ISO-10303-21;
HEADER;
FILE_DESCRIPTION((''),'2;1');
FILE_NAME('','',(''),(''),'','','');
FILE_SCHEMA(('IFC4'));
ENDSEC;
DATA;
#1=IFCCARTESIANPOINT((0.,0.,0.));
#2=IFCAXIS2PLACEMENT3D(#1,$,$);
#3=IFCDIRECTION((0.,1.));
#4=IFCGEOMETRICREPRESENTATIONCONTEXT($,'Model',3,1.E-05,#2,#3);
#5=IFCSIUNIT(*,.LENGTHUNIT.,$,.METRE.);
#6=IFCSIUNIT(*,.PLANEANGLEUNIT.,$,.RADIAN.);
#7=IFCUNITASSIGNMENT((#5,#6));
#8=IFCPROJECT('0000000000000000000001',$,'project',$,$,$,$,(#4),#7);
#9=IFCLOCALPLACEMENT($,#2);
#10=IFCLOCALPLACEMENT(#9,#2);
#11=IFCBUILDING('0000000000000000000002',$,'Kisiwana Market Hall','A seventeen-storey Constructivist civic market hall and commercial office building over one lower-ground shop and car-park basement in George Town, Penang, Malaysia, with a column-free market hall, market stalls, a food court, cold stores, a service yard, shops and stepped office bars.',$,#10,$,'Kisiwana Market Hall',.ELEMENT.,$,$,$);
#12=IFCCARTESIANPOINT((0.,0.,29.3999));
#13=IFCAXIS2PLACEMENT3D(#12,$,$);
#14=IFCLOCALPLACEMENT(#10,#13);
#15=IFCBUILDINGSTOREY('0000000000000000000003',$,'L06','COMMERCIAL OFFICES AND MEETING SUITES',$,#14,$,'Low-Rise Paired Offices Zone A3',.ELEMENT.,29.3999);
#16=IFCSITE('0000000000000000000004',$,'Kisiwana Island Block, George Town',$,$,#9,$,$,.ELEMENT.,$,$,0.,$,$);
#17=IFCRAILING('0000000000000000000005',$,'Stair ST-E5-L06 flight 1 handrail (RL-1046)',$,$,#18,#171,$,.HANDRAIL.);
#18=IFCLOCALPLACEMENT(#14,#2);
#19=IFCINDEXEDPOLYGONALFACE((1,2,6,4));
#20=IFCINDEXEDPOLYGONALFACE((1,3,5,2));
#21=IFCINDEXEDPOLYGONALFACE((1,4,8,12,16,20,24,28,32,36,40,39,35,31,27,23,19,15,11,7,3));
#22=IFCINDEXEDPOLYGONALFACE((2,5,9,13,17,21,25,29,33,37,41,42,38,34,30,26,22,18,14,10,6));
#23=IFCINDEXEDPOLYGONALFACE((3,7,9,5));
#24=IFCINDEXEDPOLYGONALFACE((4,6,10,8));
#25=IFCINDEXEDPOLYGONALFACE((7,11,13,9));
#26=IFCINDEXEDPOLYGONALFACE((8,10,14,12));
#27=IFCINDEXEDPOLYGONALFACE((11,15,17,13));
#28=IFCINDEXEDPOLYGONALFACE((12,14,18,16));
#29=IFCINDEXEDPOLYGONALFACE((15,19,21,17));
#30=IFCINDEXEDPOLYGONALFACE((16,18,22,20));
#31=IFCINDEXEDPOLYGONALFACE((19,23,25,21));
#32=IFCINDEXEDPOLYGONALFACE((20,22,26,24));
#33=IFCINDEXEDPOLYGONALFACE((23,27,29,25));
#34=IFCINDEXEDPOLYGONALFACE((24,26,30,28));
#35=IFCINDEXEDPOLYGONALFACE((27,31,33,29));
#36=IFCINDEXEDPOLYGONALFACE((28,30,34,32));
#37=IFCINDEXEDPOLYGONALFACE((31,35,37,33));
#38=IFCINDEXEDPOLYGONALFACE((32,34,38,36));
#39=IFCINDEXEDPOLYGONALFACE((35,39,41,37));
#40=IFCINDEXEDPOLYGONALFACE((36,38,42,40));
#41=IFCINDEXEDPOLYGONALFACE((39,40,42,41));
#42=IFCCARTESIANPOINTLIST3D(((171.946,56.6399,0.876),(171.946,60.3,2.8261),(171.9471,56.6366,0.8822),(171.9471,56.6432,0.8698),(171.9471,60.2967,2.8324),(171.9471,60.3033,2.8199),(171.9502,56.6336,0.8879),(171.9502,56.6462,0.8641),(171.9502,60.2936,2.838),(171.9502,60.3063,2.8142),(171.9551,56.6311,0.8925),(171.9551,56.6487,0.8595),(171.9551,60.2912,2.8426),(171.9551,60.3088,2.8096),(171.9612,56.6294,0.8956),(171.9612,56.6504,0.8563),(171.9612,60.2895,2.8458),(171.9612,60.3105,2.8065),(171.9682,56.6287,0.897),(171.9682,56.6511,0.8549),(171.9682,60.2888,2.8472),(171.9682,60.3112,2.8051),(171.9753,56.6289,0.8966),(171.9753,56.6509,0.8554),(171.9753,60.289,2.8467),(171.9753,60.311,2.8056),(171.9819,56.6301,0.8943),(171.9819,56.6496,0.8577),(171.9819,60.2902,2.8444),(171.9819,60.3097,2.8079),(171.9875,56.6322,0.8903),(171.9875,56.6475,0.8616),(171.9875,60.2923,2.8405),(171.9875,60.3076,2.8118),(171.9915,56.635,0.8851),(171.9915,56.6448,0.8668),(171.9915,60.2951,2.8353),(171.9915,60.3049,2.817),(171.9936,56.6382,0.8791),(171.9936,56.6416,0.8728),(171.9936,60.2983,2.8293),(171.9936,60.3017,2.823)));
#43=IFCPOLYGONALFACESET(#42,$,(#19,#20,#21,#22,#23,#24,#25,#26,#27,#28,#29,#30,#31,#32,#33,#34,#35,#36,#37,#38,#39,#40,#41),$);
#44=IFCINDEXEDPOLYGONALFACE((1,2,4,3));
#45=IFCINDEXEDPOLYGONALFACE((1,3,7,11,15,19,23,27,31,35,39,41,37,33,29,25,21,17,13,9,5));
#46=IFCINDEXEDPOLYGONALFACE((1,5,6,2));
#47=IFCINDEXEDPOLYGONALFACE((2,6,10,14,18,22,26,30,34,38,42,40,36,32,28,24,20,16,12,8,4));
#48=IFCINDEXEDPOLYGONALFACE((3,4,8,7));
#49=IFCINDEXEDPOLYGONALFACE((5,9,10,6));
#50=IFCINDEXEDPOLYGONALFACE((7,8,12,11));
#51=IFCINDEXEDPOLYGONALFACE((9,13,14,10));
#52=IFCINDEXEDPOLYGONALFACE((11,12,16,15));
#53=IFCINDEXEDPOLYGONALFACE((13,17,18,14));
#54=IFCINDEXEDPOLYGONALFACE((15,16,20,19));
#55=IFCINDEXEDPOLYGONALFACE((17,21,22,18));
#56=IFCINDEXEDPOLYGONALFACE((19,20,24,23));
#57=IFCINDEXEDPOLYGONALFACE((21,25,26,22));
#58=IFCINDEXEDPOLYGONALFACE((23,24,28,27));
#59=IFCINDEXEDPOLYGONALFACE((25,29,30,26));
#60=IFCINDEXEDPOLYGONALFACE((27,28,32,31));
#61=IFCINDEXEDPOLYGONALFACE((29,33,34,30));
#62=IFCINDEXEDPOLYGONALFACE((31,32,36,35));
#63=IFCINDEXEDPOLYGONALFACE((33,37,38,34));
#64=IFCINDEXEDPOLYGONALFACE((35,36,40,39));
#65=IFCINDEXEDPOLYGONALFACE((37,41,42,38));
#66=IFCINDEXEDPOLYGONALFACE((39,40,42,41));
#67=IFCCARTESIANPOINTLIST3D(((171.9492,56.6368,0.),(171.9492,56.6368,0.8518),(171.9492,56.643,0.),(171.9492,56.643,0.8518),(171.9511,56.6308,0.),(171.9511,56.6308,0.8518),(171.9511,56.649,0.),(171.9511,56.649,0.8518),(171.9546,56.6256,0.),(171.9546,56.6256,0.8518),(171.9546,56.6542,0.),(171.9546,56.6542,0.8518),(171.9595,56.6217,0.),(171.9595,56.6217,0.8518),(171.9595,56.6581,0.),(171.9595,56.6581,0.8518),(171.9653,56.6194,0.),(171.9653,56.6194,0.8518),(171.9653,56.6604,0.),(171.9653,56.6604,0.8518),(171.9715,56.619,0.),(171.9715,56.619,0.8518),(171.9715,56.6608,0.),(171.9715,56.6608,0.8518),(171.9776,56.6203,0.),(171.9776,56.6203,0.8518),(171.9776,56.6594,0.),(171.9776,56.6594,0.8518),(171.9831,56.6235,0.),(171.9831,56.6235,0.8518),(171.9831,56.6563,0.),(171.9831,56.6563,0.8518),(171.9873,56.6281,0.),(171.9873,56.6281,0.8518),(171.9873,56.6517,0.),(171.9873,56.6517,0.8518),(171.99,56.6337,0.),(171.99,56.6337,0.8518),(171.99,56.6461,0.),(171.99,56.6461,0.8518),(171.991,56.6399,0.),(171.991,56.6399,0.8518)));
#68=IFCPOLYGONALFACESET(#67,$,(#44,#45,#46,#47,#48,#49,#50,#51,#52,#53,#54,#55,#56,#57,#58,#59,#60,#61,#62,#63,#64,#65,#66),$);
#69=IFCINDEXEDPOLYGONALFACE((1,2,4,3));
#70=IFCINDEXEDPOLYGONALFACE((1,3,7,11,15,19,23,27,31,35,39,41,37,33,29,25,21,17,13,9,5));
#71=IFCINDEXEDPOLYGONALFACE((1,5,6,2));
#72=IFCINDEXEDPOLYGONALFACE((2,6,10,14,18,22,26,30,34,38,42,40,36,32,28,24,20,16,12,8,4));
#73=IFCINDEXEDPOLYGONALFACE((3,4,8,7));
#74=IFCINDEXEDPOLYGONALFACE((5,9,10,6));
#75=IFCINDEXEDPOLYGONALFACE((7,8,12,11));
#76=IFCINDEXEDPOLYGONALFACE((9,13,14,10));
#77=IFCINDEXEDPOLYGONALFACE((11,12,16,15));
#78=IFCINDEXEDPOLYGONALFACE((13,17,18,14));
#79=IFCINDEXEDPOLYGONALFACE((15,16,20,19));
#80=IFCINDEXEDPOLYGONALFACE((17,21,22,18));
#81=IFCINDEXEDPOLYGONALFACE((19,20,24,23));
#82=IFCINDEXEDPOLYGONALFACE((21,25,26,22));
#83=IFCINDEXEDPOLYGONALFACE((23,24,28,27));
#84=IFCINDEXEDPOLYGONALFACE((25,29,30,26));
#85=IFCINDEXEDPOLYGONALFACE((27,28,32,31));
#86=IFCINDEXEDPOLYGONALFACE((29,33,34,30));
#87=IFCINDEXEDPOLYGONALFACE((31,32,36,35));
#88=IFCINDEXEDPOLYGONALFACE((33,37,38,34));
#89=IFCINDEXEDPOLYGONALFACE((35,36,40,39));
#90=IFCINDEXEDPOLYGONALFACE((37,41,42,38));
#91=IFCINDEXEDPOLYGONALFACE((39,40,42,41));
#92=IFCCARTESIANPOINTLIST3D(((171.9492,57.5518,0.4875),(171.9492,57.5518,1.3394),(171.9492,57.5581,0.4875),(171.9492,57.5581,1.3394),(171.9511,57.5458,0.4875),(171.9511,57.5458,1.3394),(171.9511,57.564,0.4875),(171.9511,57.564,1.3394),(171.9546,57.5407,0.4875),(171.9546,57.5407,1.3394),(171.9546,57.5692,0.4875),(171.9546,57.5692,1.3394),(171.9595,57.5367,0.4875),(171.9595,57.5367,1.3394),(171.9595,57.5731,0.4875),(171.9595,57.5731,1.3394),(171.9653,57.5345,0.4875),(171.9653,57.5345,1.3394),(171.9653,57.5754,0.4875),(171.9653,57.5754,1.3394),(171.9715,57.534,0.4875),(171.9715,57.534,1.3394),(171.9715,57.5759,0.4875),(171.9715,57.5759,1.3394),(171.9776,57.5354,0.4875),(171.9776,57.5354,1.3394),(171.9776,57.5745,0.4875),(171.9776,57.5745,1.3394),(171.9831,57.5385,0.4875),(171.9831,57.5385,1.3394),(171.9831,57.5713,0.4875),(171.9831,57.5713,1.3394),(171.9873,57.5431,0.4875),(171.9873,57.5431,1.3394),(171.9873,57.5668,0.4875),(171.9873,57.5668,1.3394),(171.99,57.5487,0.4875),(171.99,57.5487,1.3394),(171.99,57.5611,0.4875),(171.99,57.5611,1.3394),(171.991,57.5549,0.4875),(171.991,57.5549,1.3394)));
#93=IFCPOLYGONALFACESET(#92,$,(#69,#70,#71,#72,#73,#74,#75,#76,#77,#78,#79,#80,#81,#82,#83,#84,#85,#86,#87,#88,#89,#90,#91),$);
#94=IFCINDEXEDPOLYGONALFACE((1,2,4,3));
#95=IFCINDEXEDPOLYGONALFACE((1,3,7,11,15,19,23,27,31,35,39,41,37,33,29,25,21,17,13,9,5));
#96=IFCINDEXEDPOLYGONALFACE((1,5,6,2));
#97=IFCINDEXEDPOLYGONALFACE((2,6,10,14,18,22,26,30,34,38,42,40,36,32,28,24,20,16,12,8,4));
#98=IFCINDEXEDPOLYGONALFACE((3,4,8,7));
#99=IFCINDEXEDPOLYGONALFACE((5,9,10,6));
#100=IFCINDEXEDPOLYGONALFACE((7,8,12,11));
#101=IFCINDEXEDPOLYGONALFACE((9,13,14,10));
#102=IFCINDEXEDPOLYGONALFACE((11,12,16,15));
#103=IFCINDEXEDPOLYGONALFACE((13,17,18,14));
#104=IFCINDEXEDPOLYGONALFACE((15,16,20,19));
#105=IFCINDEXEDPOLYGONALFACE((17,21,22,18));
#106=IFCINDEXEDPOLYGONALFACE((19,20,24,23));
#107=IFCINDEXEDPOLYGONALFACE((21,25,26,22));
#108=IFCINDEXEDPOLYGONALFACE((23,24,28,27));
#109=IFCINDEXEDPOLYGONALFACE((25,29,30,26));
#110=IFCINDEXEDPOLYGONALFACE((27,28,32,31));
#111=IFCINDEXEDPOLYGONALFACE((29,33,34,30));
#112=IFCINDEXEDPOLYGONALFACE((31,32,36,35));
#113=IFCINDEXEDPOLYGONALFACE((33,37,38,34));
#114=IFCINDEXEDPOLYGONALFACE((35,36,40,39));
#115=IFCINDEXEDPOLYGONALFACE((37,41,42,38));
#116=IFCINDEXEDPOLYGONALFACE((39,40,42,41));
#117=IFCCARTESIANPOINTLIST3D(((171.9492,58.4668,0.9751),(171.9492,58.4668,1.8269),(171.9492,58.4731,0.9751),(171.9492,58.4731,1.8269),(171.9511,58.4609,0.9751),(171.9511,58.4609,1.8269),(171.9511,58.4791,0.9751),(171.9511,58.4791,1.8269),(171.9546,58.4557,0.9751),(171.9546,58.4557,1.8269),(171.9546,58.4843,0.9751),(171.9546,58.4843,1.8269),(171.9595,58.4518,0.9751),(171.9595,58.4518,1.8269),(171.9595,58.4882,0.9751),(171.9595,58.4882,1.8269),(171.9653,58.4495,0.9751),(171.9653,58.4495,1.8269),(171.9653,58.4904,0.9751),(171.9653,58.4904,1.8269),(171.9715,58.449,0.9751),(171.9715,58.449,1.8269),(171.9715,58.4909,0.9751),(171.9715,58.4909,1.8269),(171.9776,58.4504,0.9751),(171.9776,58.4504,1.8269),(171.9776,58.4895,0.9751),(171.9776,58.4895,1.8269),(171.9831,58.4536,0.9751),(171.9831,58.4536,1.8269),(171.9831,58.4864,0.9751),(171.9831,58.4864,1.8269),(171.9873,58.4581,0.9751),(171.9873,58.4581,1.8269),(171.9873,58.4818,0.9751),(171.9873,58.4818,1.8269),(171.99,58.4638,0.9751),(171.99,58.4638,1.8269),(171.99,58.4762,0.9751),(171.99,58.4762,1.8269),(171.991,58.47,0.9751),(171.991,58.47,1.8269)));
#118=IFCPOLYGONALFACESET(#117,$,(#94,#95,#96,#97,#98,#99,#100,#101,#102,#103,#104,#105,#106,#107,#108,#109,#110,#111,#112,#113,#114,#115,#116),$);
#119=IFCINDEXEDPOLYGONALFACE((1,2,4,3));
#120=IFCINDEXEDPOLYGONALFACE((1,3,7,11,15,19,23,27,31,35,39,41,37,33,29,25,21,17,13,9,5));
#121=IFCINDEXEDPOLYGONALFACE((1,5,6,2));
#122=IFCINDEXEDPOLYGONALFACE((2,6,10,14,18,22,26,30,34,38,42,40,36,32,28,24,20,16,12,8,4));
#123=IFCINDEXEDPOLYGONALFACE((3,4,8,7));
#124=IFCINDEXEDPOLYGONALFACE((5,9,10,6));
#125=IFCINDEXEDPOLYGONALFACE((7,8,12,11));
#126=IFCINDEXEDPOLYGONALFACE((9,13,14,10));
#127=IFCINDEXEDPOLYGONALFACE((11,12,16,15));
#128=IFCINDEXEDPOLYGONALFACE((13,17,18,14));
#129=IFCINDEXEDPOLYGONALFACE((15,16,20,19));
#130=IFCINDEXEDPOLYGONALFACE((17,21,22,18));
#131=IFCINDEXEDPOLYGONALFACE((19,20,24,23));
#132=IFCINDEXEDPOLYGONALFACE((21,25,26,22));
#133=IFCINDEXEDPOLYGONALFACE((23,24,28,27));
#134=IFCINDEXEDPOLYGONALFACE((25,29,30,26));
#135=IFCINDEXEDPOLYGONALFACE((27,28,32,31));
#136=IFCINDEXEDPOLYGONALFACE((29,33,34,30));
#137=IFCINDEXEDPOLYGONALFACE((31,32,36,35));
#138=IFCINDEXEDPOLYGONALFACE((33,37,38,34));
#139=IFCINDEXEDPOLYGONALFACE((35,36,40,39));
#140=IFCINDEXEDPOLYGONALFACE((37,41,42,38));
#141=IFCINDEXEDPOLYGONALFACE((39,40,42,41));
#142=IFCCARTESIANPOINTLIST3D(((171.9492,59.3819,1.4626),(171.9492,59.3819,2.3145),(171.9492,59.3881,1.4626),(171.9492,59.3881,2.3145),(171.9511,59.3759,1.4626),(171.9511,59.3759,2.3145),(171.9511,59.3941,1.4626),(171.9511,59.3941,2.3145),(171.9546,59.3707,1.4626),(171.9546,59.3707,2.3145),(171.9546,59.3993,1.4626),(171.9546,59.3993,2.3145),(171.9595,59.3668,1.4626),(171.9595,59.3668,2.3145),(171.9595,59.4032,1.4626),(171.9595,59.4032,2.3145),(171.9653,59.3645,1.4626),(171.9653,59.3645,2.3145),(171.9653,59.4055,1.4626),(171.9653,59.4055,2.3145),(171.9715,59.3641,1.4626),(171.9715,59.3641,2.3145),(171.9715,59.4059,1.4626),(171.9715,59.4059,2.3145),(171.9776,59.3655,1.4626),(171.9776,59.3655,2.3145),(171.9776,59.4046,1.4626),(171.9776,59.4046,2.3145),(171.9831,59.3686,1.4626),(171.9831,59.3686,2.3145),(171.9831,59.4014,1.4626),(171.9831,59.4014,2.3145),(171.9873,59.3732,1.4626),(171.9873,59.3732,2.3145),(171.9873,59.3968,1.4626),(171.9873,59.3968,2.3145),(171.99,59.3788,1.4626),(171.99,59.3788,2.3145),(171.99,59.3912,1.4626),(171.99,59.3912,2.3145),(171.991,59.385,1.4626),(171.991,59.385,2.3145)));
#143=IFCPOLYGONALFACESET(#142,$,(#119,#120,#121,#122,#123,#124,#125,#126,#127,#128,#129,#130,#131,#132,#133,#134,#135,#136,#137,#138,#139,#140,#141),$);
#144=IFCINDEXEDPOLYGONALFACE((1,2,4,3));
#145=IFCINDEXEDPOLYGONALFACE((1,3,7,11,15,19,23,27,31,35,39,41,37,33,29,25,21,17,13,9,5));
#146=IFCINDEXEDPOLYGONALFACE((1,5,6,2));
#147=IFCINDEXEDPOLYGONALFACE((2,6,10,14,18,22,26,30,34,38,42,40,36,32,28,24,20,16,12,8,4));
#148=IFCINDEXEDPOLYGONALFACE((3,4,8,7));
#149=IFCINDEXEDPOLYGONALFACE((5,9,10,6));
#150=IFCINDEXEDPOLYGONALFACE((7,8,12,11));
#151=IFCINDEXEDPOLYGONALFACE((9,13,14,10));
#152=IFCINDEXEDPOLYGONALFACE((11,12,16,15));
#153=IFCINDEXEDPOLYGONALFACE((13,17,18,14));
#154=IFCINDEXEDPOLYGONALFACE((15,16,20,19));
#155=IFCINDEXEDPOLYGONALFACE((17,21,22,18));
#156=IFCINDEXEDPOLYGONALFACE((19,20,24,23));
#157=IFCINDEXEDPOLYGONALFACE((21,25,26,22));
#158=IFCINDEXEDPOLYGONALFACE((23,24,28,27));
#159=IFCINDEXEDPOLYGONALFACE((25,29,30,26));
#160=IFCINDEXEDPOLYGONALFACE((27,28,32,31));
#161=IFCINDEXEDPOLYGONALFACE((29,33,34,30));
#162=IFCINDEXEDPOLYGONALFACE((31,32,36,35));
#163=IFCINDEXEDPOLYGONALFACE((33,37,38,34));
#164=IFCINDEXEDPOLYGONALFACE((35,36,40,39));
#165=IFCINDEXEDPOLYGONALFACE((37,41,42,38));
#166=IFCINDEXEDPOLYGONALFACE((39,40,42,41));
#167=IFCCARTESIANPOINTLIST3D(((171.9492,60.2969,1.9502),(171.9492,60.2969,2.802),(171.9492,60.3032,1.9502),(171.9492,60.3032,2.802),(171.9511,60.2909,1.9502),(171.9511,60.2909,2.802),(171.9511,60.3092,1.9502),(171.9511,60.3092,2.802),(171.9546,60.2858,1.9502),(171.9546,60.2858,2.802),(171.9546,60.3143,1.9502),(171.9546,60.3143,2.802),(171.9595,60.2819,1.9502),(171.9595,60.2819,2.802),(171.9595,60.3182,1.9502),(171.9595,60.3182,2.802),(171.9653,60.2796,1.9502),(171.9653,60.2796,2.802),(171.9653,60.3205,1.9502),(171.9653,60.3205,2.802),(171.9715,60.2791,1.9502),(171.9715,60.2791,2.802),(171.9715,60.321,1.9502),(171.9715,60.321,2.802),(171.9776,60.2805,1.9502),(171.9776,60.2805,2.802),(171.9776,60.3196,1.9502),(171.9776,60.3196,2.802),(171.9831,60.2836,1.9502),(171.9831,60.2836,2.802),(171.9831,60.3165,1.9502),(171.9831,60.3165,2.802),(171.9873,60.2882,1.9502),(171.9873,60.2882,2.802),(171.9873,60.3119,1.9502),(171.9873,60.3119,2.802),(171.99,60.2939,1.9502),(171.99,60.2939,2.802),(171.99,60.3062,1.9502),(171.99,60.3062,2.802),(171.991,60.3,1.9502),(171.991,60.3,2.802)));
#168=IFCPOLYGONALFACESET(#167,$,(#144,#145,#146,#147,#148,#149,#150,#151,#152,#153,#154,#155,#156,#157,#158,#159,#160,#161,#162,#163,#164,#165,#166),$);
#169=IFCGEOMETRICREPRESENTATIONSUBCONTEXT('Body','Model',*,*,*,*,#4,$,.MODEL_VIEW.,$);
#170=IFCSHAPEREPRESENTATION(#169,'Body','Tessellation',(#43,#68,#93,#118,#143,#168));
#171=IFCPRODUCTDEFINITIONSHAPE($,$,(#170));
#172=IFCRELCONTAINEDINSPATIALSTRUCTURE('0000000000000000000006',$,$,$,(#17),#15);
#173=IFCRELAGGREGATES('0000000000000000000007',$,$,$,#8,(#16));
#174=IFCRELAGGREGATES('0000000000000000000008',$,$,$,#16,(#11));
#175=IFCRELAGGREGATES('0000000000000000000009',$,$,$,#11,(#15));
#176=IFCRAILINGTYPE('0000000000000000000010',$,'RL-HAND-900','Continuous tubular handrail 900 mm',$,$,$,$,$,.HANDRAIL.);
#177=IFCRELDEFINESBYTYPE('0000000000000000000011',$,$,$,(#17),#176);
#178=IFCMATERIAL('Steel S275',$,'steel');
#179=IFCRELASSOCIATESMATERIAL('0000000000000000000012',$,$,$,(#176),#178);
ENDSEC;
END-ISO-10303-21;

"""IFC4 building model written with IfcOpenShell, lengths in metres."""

from ifc_helpers import new_model, si_unit, direction, frame, origin, origin_2d, place, context, subcontext, project, spatial, circle, extrude, material, type_object, element, save


model = new_model("IFC4")

# Units and contexts
model_context = context("Model", 3, precision=1e-05, world=origin(), true_north=direction((0.0, 1.0)))
body_context = subcontext(model_context, "Body", "Model", "MODEL_VIEW")
ifc_project = project(units=[si_unit("LENGTHUNIT", "METRE"), si_unit("PLANEANGLEUNIT", "RADIAN")], contexts=[model_context])

# Site, building, storey
site_placement = place(None, origin())
site = spatial("IfcSite", under=ifc_project, at=site_placement, Name="Kisiwana Island Block, George Town", CompositionType="ELEMENT", RefElevation=0.0)
building_placement = place(site_placement, origin())
building = spatial("IfcBuilding", under=site, at=building_placement, Name="Kisiwana Market Hall", Description="A seventeen-storey Constructivist civic market hall and commercial office building over one lower-ground shop and car-park basement in George Town, Penang, Malaysia, with a column-free market hall, market stalls, a food court, cold stores, a service yard, shops and stepped office bars.", LongName="Kisiwana Market Hall", CompositionType="ELEMENT")
storey_placement = place(building_placement, frame((0.0, 0.0, 29.3999)))
storey = spatial("IfcBuildingStorey", under=building, at=storey_placement, Name="L06", Description="COMMERCIAL OFFICES AND MEETING SUITES", LongName="Low-Rise Paired Offices Zone A3", CompositionType="ELEMENT", Elevation=29.3999)

# Railing
ifc_material_1 = material(Name="Steel S275", Category="steel")
railing_type_1 = type_object("IfcRailingType", Name="RL-HAND-900", Description="Continuous tubular handrail 900 mm", PredefinedType="HANDRAIL", material=ifc_material_1)
for number, where, name in (
    (1, (171.97, 56.6399, 0.0), "Stair ST-E5-L06 flight 1 handrail (RL-1046)"),
):
    element("IfcRailing", number, at=place(storey_placement, frame(where)), inside=storey, type_object=railing_type_1, Name=name, PredefinedType="HANDRAIL", context=body_context, shape_type="SweptSolid", body=[
        extrude(circle(Radius=0.0239, at=origin_2d()), frame((0.0, 0.0, 0.876), z_axis=(0.0, 0.882542, 0.470234), x_axis=(-1.0, 0.0, 0.0)), (0.0, 0.0, 1.0), 4.1472),
        extrude(circle(Radius=0.021, at=origin_2d()), origin(), (0.0, 0.0, 1.0), 0.8518),
        extrude(circle(Radius=0.021, at=origin_2d()), frame((0.0, 0.915, 0.4875)), (0.0, 0.0, 1.0), 0.8518),
        extrude(circle(Radius=0.021, at=origin_2d()), frame((0.0, 1.8301, 0.9751)), (0.0, 0.0, 1.0), 0.8518),
        extrude(circle(Radius=0.021, at=origin_2d()), frame((0.0, 2.7451, 1.4626)), (0.0, 0.0, 1.0), 0.8518),
        extrude(circle(Radius=0.021, at=origin_2d()), frame((0.0, 3.6602, 1.9502)), (0.0, 0.0, 1.0), 0.8518),
    ])

save(model, "model.ifc")
